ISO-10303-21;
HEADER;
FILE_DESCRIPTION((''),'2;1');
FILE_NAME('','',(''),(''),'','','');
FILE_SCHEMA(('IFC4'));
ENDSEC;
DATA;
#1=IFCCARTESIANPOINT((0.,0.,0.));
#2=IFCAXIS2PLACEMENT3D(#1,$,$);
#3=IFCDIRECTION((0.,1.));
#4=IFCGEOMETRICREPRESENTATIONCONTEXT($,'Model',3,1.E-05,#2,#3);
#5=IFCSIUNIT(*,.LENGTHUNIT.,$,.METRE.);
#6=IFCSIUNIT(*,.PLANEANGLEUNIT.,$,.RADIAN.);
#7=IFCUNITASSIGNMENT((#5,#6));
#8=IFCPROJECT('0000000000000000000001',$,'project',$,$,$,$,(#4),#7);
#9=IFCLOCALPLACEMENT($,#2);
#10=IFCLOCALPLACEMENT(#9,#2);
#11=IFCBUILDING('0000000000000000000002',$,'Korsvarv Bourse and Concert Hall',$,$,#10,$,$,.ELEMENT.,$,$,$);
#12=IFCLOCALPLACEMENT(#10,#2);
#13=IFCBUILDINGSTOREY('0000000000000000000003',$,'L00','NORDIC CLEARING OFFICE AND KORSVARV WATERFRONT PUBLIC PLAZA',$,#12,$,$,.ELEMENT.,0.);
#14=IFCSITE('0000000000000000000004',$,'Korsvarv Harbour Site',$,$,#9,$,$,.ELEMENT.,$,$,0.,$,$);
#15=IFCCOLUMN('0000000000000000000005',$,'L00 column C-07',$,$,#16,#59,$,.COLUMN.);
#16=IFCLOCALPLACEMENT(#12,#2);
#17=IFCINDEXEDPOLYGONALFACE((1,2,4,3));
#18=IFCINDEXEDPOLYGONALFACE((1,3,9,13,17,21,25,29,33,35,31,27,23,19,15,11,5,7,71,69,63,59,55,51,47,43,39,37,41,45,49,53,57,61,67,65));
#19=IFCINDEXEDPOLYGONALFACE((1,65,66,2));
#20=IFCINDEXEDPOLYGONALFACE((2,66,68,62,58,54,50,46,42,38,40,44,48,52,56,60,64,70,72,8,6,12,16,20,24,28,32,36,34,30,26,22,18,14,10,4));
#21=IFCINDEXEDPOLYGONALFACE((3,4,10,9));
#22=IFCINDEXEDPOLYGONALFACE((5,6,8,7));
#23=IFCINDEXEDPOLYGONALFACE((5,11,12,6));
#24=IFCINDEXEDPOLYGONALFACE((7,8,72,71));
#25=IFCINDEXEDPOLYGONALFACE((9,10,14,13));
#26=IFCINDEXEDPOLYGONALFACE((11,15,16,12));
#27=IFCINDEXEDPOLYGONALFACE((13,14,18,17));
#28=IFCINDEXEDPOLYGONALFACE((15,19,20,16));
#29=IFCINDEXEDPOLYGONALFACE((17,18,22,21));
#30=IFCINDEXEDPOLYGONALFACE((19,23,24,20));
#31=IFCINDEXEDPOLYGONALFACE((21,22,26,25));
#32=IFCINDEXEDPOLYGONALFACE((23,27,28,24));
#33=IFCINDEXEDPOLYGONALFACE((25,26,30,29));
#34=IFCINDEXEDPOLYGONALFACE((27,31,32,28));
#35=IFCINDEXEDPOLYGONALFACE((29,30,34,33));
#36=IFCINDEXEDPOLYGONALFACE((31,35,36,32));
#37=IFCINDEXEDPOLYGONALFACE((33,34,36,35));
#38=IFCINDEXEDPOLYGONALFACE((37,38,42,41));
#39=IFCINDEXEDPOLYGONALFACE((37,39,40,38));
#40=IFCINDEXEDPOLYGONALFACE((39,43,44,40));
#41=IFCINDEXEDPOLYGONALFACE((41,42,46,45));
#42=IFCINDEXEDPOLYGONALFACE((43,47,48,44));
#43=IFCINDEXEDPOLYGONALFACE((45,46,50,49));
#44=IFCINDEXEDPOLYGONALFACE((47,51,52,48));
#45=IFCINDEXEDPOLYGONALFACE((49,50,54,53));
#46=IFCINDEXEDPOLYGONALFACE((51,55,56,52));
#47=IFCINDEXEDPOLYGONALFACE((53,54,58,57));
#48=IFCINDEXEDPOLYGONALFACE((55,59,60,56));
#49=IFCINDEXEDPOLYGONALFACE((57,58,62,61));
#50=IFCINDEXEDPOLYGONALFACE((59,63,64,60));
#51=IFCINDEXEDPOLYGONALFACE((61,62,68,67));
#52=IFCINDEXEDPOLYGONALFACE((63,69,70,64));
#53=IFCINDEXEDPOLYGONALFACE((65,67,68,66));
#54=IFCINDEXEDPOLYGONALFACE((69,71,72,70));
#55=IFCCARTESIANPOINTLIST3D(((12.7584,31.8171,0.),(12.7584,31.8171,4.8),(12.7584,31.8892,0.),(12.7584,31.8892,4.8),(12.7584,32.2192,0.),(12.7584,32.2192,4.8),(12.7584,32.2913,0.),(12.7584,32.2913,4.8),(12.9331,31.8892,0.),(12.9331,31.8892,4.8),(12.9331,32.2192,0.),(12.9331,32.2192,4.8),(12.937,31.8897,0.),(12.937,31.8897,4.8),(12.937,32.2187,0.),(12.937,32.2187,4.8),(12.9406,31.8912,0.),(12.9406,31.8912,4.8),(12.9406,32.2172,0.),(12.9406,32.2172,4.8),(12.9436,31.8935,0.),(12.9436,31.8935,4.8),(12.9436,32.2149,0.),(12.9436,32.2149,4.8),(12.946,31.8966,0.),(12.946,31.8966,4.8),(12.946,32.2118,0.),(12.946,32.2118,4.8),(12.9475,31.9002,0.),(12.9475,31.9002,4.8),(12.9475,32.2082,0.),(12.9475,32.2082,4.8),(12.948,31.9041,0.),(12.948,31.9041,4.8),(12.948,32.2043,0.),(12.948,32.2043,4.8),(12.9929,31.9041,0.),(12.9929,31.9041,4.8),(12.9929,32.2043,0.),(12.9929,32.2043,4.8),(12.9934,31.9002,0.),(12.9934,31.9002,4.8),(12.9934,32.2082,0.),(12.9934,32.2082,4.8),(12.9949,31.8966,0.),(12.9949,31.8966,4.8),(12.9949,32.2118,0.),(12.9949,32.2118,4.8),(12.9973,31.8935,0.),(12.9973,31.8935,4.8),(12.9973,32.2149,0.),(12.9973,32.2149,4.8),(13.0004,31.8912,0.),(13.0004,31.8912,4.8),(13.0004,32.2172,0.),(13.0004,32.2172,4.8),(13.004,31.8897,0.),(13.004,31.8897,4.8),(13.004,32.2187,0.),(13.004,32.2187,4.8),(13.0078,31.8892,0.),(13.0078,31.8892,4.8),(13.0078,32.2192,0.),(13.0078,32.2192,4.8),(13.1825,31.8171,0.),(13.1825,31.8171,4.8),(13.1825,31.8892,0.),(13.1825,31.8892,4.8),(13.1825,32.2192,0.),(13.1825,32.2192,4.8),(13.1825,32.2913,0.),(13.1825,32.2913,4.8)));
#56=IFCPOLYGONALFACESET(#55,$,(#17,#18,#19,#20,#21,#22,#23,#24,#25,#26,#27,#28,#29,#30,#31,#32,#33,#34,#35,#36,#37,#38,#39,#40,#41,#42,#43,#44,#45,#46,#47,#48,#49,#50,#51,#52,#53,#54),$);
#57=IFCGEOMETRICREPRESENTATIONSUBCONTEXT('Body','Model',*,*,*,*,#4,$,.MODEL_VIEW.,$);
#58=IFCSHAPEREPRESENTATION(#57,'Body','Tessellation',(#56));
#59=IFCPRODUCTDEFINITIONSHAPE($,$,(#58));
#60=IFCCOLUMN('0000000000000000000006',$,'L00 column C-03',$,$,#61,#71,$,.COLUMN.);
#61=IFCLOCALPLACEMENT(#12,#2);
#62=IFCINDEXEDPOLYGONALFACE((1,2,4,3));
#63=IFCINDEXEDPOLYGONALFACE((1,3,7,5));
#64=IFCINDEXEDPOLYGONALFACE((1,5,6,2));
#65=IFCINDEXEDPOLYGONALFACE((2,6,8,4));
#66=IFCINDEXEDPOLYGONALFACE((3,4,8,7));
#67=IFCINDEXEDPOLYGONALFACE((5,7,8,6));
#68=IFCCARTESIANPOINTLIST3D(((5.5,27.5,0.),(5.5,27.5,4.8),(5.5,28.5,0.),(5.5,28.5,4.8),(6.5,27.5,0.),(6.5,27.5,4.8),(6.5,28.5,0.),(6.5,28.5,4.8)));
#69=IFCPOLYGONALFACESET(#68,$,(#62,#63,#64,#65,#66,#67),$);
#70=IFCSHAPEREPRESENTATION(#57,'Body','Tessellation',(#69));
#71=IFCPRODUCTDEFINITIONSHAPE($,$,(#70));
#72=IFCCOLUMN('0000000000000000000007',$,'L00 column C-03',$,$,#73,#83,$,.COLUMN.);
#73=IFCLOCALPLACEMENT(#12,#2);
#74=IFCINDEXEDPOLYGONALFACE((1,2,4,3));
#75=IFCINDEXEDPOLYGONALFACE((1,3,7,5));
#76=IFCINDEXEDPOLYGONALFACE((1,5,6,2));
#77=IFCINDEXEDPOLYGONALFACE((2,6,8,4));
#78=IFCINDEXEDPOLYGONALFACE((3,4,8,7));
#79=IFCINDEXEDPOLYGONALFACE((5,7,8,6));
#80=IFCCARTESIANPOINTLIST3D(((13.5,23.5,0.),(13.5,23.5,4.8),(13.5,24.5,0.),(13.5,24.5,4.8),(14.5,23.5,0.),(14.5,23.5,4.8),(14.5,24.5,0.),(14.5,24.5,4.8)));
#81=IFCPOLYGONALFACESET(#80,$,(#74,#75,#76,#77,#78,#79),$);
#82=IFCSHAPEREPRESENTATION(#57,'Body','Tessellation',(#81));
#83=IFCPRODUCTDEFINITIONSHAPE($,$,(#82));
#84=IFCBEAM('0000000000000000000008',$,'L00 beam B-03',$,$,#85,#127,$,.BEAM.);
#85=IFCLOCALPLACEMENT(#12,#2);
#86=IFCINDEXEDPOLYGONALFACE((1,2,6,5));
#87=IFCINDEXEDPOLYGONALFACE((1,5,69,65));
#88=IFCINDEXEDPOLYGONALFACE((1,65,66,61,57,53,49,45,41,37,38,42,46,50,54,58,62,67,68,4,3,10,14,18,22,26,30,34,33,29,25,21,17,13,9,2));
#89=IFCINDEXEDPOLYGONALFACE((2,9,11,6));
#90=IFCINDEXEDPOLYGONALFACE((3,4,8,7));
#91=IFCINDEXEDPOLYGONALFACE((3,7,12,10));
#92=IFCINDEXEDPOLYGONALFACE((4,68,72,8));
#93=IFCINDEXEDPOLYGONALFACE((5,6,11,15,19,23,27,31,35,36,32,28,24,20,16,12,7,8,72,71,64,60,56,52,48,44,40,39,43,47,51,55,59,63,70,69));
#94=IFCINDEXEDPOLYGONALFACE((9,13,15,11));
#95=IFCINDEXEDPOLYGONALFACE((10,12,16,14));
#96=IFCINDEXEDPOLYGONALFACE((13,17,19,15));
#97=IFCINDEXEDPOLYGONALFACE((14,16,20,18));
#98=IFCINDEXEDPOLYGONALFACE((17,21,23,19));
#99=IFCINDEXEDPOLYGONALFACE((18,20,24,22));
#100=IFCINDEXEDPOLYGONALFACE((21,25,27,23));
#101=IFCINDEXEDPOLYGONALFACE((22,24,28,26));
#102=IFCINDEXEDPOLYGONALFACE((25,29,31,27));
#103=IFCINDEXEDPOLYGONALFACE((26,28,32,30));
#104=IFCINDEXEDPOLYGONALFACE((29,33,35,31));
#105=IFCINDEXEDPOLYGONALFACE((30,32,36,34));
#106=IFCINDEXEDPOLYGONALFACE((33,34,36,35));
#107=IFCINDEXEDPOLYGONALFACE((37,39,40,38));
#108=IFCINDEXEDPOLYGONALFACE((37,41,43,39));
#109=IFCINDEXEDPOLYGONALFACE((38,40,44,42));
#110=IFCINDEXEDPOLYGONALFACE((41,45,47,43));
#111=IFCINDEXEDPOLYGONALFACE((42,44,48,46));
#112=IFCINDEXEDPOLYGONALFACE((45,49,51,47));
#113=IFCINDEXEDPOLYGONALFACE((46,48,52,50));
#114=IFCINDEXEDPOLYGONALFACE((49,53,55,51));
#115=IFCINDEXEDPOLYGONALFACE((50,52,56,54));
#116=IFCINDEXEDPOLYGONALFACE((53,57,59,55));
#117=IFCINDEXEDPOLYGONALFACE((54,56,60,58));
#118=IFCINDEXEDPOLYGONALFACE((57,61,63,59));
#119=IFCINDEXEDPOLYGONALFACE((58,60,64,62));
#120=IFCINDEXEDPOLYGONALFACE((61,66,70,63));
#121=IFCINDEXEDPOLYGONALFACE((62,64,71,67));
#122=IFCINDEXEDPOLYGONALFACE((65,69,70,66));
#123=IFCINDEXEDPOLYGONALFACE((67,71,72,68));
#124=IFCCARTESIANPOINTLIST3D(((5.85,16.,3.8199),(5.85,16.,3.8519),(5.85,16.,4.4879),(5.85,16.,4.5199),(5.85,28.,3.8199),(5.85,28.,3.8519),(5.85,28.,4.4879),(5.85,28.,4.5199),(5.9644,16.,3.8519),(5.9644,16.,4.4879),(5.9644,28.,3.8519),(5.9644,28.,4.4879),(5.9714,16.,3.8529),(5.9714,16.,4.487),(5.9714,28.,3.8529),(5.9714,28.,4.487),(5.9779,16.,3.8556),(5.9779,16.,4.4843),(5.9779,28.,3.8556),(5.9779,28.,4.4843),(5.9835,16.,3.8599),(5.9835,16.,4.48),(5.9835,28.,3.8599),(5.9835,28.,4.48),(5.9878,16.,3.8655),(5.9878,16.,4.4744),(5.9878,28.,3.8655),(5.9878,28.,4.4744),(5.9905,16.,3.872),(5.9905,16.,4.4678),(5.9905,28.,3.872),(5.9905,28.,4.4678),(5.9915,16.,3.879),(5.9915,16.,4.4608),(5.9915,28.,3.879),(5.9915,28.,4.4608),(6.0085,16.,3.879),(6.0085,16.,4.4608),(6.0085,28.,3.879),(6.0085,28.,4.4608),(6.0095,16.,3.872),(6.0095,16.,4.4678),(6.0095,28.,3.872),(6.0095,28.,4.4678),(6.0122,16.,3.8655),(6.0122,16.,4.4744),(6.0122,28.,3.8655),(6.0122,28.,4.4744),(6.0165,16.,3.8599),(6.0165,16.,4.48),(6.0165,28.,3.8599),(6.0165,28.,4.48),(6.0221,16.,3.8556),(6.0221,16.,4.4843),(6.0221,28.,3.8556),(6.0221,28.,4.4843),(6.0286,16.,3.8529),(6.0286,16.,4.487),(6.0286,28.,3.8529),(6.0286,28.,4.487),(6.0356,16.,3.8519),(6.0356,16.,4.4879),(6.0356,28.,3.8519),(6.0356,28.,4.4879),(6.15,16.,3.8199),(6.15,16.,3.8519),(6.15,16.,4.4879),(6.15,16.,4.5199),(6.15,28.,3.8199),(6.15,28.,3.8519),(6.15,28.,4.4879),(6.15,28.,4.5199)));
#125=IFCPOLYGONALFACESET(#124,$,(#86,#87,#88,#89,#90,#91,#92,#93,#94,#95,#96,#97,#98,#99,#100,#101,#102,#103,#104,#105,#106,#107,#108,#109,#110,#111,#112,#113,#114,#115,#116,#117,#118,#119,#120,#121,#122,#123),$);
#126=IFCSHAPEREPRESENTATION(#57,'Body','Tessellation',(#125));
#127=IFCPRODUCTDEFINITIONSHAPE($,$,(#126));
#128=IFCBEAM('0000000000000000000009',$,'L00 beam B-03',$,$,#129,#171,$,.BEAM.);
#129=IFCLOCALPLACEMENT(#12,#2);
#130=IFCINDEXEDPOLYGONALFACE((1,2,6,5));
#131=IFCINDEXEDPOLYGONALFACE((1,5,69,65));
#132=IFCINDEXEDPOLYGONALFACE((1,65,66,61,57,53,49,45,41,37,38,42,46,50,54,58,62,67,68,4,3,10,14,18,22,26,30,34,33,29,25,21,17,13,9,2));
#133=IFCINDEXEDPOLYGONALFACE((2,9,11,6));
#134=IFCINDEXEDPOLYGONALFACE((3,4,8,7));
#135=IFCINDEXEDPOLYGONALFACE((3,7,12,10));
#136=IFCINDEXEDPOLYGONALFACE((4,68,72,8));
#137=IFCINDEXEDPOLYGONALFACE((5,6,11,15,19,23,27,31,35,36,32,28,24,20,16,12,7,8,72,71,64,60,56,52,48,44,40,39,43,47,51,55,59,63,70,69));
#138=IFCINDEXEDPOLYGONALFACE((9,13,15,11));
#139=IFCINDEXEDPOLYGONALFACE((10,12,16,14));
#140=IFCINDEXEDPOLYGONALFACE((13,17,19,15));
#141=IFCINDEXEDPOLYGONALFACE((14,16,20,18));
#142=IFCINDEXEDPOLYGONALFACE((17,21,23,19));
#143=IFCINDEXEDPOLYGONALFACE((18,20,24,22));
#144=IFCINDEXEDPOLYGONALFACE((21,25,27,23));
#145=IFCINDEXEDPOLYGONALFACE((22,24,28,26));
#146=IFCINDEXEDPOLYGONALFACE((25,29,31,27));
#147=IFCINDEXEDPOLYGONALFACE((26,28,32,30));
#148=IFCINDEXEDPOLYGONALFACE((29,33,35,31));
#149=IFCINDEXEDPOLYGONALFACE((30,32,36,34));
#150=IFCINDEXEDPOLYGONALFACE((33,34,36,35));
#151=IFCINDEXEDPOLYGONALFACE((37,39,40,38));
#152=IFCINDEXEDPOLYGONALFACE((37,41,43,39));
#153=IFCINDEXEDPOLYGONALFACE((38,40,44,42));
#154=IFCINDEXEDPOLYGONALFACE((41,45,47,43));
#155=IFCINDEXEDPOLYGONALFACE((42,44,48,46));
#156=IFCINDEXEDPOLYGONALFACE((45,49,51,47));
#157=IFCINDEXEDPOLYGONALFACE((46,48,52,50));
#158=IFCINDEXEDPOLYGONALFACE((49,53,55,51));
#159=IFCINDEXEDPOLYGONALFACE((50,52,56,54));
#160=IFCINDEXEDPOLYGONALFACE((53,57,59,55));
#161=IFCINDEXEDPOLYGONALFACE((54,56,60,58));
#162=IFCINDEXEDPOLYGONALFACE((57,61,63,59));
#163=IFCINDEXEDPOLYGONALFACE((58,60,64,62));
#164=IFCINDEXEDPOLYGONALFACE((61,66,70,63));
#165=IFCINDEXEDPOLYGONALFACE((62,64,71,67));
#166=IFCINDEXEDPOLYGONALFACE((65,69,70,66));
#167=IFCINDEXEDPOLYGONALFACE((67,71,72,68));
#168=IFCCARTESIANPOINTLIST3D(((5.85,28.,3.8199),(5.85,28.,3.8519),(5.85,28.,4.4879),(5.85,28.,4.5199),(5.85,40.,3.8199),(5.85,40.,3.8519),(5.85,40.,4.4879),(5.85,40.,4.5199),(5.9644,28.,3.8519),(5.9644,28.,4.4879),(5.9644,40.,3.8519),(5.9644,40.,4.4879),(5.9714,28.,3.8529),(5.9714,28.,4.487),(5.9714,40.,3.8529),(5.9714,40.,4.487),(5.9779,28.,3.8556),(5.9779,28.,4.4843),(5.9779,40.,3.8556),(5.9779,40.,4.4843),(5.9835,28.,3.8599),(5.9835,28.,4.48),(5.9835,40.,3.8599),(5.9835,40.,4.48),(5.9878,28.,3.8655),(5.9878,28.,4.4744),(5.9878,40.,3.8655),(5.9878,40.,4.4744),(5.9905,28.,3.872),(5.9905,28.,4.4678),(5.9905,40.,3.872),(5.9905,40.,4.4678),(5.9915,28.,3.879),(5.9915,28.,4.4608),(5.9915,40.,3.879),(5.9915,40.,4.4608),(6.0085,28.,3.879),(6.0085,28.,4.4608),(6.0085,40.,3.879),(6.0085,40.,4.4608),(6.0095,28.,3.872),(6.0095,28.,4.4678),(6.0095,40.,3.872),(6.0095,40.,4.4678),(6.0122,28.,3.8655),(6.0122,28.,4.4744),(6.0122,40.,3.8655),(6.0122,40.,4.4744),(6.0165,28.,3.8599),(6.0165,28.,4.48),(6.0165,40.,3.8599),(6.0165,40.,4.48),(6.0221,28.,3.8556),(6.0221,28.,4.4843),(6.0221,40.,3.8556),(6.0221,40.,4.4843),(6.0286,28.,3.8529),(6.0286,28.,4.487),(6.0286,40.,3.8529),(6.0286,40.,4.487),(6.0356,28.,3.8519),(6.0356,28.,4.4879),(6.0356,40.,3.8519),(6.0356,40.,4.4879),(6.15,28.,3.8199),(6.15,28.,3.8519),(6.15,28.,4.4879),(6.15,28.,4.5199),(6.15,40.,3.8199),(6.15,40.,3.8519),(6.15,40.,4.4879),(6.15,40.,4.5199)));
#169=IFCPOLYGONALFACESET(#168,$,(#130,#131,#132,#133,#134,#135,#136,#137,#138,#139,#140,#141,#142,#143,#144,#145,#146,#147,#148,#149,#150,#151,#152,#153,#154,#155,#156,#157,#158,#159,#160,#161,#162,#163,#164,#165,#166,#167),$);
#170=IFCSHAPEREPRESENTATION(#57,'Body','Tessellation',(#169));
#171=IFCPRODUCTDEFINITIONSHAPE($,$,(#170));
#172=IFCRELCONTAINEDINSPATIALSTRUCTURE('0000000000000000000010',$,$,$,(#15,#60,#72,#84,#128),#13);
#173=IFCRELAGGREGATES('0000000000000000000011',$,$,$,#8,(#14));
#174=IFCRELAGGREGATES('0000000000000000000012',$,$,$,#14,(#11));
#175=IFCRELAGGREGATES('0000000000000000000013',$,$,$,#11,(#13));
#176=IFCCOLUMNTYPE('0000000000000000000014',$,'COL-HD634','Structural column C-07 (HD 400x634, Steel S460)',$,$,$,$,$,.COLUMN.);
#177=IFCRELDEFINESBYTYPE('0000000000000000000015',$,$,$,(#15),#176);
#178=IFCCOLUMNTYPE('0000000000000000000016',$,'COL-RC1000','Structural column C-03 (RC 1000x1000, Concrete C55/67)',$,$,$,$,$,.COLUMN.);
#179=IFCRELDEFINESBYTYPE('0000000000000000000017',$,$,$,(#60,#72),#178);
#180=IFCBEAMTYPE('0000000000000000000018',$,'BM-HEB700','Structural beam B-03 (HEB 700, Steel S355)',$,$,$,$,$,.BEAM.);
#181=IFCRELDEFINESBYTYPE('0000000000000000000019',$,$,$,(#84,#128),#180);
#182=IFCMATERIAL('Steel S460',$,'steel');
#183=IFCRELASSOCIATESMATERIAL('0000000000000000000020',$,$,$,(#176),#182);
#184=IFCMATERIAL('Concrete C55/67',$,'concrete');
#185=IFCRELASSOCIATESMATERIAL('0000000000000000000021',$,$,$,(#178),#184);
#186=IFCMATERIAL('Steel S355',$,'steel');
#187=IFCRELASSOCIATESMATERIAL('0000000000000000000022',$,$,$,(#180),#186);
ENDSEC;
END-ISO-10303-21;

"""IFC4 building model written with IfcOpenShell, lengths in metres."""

from ifc_helpers import new_model, si_unit, direction, frame, origin, origin_2d, place, context, subcontext, project, spatial, rectangle, i_section, extrude, source, transform, mapped, material, material_profile, profile_set, type_object, element, save


model = new_model("IFC4")

# Units and contexts
model_context = context("Model", 3, precision=1e-05, world=origin(), true_north=direction((0.0, 1.0)))
body_context = subcontext(model_context, "Body", "Model", "MODEL_VIEW")
ifc_project = project(units=[si_unit("LENGTHUNIT", "METRE"), si_unit("PLANEANGLEUNIT", "RADIAN")], contexts=[model_context])

# Site, building, storey
site_placement = place(None, origin())
site = spatial("IfcSite", under=ifc_project, at=site_placement, Name="Korsvarv Harbour Site", CompositionType="ELEMENT", RefElevation=0.0)
building_placement = place(site_placement, origin())
building = spatial("IfcBuilding", under=site, at=building_placement, Name="Korsvarv Bourse and Concert Hall", CompositionType="ELEMENT")
storey_placement = place(building_placement, origin())
storey = spatial("IfcBuildingStorey", under=building, at=storey_placement, Name="L00", Description="NORDIC CLEARING OFFICE AND KORSVARV WATERFRONT PUBLIC PLAZA", CompositionType="ELEMENT", Elevation=0.0)

# Columns
ifc_material_1 = material(Name="Steel S460", Category="steel")
ifc_material_profile_1 = material_profile(ifc_material_1, i_section(OverallWidth=0.4241, OverallDepth=0.4741, WebThickness=0.0449, FlangeThickness=0.072, FilletRadius=0.0149, at=origin_2d()), Name="HD 400x634")
ifc_profile_set_1 = profile_set([ifc_material_profile_1], Name="Steel S460")
column_type_1 = type_object("IfcColumnType", Name="COL-HD634", Description="Structural column C-07 (HD 400x634, Steel S460)", PredefinedType="COLUMN", material=ifc_profile_set_1)
shared_shape_1 = source(origin(), body_context, "Body", "SweptSolid", [
    extrude(i_section(OverallWidth=0.4241, OverallDepth=0.4741, WebThickness=0.0449, FlangeThickness=0.072, FilletRadius=0.0149, at=origin_2d()), origin(), (0.0, 0.0, 1.0), 4.8),
])
column_placement = place(storey_placement, frame((12.9705, 32.0542, 0.0), z_axis=(0.0, 0.0, 1.0), x_axis=(1.0, 0.0, 0.0)))
element("IfcColumn", 1, at=column_placement, inside=storey, type_object=column_type_1, Name="L00 column C-07", PredefinedType="COLUMN", context=body_context, shape_type="MappedRepresentation", body=[
    mapped(shared_shape_1, transform((0.0, 0.0, 0.0), scale=1.0)),
])
ifc_material_2 = material(Name="Concrete C55/67", Category="concrete")
ifc_material_profile_2 = material_profile(ifc_material_2, rectangle(XDim=1.0, YDim=1.0, at=origin_2d()), Name="RC 1000x1000")
ifc_profile_set_2 = profile_set([ifc_material_profile_2], Name="Concrete C55/67")
column_type_2 = type_object("IfcColumnType", Name="COL-RC1000", Description="Structural column C-03 (RC 1000x1000, Concrete C55/67)", PredefinedType="COLUMN", material=ifc_profile_set_2)
shared_shape_2 = source(origin(), body_context, "Body", "SweptSolid", [
    extrude(rectangle(XDim=1.0, YDim=1.0, at=origin_2d()), origin(), (0.0, 0.0, 1.0), 4.8),
])
for number, where, z_axis, x_axis, name in (
    (2, (6.0, 28.0, 0.0), (0.0, 0.0, 1.0), (1.0, 0.0, 0.0), "L00 column C-03"),
    (3, (14.0, 24.0, 0.0), (0.0, 0.0, 1.0), (1.0, 0.0, 0.0), "L00 column C-03"),
):
    element("IfcColumn", number, at=place(storey_placement, frame(where, z_axis=z_axis, x_axis=x_axis)), inside=storey, type_object=column_type_2, Name=name, PredefinedType="COLUMN", context=body_context, shape_type="MappedRepresentation", body=[
        mapped(shared_shape_2, transform((0.0, 0.0, 0.0), scale=1.0)),
    ])

# Beams
ifc_material_3 = material(Name="Steel S355", Category="steel")
ifc_material_profile_3 = material_profile(ifc_material_3, i_section(OverallWidth=0.3, OverallDepth=0.7, WebThickness=0.0171, FlangeThickness=0.032, FilletRadius=0.0271, at=origin_2d()), Name="HEB 700")
ifc_profile_set_3 = profile_set([ifc_material_profile_3], Name="Steel S355")
beam_type_1 = type_object("IfcBeamType", Name="BM-HEB700", Description="Structural beam B-03 (HEB 700, Steel S355)", PredefinedType="BEAM", material=ifc_profile_set_3)
shared_shape_3 = source(origin(), body_context, "Body", "SweptSolid", [
    extrude(i_section(OverallWidth=0.3, OverallDepth=0.7, WebThickness=0.0171, FlangeThickness=0.032, FilletRadius=0.0271, at=origin_2d()), origin(), (0.0, 0.0, 1.0), 12.0),
])
for number, where, z_axis, x_axis, name in (
    (4, (6.0, 16.0, 4.1699), (0.0, 1.0, 0.0), (-1.0, 0.0, 0.0), "L00 beam B-03"),
    (5, (6.0, 28.0, 4.1699), (0.0, 1.0, 0.0), (-1.0, 0.0, 0.0), "L00 beam B-03"),
):
    element("IfcBeam", number, at=place(storey_placement, frame(where, z_axis=z_axis, x_axis=x_axis)), inside=storey, type_object=beam_type_1, Name=name, PredefinedType="BEAM", context=body_context, shape_type="MappedRepresentation", body=[
        mapped(shared_shape_3, transform((0.0, 0.0, 0.0), scale=1.0)),
    ])

save(model, "model.ifc")
